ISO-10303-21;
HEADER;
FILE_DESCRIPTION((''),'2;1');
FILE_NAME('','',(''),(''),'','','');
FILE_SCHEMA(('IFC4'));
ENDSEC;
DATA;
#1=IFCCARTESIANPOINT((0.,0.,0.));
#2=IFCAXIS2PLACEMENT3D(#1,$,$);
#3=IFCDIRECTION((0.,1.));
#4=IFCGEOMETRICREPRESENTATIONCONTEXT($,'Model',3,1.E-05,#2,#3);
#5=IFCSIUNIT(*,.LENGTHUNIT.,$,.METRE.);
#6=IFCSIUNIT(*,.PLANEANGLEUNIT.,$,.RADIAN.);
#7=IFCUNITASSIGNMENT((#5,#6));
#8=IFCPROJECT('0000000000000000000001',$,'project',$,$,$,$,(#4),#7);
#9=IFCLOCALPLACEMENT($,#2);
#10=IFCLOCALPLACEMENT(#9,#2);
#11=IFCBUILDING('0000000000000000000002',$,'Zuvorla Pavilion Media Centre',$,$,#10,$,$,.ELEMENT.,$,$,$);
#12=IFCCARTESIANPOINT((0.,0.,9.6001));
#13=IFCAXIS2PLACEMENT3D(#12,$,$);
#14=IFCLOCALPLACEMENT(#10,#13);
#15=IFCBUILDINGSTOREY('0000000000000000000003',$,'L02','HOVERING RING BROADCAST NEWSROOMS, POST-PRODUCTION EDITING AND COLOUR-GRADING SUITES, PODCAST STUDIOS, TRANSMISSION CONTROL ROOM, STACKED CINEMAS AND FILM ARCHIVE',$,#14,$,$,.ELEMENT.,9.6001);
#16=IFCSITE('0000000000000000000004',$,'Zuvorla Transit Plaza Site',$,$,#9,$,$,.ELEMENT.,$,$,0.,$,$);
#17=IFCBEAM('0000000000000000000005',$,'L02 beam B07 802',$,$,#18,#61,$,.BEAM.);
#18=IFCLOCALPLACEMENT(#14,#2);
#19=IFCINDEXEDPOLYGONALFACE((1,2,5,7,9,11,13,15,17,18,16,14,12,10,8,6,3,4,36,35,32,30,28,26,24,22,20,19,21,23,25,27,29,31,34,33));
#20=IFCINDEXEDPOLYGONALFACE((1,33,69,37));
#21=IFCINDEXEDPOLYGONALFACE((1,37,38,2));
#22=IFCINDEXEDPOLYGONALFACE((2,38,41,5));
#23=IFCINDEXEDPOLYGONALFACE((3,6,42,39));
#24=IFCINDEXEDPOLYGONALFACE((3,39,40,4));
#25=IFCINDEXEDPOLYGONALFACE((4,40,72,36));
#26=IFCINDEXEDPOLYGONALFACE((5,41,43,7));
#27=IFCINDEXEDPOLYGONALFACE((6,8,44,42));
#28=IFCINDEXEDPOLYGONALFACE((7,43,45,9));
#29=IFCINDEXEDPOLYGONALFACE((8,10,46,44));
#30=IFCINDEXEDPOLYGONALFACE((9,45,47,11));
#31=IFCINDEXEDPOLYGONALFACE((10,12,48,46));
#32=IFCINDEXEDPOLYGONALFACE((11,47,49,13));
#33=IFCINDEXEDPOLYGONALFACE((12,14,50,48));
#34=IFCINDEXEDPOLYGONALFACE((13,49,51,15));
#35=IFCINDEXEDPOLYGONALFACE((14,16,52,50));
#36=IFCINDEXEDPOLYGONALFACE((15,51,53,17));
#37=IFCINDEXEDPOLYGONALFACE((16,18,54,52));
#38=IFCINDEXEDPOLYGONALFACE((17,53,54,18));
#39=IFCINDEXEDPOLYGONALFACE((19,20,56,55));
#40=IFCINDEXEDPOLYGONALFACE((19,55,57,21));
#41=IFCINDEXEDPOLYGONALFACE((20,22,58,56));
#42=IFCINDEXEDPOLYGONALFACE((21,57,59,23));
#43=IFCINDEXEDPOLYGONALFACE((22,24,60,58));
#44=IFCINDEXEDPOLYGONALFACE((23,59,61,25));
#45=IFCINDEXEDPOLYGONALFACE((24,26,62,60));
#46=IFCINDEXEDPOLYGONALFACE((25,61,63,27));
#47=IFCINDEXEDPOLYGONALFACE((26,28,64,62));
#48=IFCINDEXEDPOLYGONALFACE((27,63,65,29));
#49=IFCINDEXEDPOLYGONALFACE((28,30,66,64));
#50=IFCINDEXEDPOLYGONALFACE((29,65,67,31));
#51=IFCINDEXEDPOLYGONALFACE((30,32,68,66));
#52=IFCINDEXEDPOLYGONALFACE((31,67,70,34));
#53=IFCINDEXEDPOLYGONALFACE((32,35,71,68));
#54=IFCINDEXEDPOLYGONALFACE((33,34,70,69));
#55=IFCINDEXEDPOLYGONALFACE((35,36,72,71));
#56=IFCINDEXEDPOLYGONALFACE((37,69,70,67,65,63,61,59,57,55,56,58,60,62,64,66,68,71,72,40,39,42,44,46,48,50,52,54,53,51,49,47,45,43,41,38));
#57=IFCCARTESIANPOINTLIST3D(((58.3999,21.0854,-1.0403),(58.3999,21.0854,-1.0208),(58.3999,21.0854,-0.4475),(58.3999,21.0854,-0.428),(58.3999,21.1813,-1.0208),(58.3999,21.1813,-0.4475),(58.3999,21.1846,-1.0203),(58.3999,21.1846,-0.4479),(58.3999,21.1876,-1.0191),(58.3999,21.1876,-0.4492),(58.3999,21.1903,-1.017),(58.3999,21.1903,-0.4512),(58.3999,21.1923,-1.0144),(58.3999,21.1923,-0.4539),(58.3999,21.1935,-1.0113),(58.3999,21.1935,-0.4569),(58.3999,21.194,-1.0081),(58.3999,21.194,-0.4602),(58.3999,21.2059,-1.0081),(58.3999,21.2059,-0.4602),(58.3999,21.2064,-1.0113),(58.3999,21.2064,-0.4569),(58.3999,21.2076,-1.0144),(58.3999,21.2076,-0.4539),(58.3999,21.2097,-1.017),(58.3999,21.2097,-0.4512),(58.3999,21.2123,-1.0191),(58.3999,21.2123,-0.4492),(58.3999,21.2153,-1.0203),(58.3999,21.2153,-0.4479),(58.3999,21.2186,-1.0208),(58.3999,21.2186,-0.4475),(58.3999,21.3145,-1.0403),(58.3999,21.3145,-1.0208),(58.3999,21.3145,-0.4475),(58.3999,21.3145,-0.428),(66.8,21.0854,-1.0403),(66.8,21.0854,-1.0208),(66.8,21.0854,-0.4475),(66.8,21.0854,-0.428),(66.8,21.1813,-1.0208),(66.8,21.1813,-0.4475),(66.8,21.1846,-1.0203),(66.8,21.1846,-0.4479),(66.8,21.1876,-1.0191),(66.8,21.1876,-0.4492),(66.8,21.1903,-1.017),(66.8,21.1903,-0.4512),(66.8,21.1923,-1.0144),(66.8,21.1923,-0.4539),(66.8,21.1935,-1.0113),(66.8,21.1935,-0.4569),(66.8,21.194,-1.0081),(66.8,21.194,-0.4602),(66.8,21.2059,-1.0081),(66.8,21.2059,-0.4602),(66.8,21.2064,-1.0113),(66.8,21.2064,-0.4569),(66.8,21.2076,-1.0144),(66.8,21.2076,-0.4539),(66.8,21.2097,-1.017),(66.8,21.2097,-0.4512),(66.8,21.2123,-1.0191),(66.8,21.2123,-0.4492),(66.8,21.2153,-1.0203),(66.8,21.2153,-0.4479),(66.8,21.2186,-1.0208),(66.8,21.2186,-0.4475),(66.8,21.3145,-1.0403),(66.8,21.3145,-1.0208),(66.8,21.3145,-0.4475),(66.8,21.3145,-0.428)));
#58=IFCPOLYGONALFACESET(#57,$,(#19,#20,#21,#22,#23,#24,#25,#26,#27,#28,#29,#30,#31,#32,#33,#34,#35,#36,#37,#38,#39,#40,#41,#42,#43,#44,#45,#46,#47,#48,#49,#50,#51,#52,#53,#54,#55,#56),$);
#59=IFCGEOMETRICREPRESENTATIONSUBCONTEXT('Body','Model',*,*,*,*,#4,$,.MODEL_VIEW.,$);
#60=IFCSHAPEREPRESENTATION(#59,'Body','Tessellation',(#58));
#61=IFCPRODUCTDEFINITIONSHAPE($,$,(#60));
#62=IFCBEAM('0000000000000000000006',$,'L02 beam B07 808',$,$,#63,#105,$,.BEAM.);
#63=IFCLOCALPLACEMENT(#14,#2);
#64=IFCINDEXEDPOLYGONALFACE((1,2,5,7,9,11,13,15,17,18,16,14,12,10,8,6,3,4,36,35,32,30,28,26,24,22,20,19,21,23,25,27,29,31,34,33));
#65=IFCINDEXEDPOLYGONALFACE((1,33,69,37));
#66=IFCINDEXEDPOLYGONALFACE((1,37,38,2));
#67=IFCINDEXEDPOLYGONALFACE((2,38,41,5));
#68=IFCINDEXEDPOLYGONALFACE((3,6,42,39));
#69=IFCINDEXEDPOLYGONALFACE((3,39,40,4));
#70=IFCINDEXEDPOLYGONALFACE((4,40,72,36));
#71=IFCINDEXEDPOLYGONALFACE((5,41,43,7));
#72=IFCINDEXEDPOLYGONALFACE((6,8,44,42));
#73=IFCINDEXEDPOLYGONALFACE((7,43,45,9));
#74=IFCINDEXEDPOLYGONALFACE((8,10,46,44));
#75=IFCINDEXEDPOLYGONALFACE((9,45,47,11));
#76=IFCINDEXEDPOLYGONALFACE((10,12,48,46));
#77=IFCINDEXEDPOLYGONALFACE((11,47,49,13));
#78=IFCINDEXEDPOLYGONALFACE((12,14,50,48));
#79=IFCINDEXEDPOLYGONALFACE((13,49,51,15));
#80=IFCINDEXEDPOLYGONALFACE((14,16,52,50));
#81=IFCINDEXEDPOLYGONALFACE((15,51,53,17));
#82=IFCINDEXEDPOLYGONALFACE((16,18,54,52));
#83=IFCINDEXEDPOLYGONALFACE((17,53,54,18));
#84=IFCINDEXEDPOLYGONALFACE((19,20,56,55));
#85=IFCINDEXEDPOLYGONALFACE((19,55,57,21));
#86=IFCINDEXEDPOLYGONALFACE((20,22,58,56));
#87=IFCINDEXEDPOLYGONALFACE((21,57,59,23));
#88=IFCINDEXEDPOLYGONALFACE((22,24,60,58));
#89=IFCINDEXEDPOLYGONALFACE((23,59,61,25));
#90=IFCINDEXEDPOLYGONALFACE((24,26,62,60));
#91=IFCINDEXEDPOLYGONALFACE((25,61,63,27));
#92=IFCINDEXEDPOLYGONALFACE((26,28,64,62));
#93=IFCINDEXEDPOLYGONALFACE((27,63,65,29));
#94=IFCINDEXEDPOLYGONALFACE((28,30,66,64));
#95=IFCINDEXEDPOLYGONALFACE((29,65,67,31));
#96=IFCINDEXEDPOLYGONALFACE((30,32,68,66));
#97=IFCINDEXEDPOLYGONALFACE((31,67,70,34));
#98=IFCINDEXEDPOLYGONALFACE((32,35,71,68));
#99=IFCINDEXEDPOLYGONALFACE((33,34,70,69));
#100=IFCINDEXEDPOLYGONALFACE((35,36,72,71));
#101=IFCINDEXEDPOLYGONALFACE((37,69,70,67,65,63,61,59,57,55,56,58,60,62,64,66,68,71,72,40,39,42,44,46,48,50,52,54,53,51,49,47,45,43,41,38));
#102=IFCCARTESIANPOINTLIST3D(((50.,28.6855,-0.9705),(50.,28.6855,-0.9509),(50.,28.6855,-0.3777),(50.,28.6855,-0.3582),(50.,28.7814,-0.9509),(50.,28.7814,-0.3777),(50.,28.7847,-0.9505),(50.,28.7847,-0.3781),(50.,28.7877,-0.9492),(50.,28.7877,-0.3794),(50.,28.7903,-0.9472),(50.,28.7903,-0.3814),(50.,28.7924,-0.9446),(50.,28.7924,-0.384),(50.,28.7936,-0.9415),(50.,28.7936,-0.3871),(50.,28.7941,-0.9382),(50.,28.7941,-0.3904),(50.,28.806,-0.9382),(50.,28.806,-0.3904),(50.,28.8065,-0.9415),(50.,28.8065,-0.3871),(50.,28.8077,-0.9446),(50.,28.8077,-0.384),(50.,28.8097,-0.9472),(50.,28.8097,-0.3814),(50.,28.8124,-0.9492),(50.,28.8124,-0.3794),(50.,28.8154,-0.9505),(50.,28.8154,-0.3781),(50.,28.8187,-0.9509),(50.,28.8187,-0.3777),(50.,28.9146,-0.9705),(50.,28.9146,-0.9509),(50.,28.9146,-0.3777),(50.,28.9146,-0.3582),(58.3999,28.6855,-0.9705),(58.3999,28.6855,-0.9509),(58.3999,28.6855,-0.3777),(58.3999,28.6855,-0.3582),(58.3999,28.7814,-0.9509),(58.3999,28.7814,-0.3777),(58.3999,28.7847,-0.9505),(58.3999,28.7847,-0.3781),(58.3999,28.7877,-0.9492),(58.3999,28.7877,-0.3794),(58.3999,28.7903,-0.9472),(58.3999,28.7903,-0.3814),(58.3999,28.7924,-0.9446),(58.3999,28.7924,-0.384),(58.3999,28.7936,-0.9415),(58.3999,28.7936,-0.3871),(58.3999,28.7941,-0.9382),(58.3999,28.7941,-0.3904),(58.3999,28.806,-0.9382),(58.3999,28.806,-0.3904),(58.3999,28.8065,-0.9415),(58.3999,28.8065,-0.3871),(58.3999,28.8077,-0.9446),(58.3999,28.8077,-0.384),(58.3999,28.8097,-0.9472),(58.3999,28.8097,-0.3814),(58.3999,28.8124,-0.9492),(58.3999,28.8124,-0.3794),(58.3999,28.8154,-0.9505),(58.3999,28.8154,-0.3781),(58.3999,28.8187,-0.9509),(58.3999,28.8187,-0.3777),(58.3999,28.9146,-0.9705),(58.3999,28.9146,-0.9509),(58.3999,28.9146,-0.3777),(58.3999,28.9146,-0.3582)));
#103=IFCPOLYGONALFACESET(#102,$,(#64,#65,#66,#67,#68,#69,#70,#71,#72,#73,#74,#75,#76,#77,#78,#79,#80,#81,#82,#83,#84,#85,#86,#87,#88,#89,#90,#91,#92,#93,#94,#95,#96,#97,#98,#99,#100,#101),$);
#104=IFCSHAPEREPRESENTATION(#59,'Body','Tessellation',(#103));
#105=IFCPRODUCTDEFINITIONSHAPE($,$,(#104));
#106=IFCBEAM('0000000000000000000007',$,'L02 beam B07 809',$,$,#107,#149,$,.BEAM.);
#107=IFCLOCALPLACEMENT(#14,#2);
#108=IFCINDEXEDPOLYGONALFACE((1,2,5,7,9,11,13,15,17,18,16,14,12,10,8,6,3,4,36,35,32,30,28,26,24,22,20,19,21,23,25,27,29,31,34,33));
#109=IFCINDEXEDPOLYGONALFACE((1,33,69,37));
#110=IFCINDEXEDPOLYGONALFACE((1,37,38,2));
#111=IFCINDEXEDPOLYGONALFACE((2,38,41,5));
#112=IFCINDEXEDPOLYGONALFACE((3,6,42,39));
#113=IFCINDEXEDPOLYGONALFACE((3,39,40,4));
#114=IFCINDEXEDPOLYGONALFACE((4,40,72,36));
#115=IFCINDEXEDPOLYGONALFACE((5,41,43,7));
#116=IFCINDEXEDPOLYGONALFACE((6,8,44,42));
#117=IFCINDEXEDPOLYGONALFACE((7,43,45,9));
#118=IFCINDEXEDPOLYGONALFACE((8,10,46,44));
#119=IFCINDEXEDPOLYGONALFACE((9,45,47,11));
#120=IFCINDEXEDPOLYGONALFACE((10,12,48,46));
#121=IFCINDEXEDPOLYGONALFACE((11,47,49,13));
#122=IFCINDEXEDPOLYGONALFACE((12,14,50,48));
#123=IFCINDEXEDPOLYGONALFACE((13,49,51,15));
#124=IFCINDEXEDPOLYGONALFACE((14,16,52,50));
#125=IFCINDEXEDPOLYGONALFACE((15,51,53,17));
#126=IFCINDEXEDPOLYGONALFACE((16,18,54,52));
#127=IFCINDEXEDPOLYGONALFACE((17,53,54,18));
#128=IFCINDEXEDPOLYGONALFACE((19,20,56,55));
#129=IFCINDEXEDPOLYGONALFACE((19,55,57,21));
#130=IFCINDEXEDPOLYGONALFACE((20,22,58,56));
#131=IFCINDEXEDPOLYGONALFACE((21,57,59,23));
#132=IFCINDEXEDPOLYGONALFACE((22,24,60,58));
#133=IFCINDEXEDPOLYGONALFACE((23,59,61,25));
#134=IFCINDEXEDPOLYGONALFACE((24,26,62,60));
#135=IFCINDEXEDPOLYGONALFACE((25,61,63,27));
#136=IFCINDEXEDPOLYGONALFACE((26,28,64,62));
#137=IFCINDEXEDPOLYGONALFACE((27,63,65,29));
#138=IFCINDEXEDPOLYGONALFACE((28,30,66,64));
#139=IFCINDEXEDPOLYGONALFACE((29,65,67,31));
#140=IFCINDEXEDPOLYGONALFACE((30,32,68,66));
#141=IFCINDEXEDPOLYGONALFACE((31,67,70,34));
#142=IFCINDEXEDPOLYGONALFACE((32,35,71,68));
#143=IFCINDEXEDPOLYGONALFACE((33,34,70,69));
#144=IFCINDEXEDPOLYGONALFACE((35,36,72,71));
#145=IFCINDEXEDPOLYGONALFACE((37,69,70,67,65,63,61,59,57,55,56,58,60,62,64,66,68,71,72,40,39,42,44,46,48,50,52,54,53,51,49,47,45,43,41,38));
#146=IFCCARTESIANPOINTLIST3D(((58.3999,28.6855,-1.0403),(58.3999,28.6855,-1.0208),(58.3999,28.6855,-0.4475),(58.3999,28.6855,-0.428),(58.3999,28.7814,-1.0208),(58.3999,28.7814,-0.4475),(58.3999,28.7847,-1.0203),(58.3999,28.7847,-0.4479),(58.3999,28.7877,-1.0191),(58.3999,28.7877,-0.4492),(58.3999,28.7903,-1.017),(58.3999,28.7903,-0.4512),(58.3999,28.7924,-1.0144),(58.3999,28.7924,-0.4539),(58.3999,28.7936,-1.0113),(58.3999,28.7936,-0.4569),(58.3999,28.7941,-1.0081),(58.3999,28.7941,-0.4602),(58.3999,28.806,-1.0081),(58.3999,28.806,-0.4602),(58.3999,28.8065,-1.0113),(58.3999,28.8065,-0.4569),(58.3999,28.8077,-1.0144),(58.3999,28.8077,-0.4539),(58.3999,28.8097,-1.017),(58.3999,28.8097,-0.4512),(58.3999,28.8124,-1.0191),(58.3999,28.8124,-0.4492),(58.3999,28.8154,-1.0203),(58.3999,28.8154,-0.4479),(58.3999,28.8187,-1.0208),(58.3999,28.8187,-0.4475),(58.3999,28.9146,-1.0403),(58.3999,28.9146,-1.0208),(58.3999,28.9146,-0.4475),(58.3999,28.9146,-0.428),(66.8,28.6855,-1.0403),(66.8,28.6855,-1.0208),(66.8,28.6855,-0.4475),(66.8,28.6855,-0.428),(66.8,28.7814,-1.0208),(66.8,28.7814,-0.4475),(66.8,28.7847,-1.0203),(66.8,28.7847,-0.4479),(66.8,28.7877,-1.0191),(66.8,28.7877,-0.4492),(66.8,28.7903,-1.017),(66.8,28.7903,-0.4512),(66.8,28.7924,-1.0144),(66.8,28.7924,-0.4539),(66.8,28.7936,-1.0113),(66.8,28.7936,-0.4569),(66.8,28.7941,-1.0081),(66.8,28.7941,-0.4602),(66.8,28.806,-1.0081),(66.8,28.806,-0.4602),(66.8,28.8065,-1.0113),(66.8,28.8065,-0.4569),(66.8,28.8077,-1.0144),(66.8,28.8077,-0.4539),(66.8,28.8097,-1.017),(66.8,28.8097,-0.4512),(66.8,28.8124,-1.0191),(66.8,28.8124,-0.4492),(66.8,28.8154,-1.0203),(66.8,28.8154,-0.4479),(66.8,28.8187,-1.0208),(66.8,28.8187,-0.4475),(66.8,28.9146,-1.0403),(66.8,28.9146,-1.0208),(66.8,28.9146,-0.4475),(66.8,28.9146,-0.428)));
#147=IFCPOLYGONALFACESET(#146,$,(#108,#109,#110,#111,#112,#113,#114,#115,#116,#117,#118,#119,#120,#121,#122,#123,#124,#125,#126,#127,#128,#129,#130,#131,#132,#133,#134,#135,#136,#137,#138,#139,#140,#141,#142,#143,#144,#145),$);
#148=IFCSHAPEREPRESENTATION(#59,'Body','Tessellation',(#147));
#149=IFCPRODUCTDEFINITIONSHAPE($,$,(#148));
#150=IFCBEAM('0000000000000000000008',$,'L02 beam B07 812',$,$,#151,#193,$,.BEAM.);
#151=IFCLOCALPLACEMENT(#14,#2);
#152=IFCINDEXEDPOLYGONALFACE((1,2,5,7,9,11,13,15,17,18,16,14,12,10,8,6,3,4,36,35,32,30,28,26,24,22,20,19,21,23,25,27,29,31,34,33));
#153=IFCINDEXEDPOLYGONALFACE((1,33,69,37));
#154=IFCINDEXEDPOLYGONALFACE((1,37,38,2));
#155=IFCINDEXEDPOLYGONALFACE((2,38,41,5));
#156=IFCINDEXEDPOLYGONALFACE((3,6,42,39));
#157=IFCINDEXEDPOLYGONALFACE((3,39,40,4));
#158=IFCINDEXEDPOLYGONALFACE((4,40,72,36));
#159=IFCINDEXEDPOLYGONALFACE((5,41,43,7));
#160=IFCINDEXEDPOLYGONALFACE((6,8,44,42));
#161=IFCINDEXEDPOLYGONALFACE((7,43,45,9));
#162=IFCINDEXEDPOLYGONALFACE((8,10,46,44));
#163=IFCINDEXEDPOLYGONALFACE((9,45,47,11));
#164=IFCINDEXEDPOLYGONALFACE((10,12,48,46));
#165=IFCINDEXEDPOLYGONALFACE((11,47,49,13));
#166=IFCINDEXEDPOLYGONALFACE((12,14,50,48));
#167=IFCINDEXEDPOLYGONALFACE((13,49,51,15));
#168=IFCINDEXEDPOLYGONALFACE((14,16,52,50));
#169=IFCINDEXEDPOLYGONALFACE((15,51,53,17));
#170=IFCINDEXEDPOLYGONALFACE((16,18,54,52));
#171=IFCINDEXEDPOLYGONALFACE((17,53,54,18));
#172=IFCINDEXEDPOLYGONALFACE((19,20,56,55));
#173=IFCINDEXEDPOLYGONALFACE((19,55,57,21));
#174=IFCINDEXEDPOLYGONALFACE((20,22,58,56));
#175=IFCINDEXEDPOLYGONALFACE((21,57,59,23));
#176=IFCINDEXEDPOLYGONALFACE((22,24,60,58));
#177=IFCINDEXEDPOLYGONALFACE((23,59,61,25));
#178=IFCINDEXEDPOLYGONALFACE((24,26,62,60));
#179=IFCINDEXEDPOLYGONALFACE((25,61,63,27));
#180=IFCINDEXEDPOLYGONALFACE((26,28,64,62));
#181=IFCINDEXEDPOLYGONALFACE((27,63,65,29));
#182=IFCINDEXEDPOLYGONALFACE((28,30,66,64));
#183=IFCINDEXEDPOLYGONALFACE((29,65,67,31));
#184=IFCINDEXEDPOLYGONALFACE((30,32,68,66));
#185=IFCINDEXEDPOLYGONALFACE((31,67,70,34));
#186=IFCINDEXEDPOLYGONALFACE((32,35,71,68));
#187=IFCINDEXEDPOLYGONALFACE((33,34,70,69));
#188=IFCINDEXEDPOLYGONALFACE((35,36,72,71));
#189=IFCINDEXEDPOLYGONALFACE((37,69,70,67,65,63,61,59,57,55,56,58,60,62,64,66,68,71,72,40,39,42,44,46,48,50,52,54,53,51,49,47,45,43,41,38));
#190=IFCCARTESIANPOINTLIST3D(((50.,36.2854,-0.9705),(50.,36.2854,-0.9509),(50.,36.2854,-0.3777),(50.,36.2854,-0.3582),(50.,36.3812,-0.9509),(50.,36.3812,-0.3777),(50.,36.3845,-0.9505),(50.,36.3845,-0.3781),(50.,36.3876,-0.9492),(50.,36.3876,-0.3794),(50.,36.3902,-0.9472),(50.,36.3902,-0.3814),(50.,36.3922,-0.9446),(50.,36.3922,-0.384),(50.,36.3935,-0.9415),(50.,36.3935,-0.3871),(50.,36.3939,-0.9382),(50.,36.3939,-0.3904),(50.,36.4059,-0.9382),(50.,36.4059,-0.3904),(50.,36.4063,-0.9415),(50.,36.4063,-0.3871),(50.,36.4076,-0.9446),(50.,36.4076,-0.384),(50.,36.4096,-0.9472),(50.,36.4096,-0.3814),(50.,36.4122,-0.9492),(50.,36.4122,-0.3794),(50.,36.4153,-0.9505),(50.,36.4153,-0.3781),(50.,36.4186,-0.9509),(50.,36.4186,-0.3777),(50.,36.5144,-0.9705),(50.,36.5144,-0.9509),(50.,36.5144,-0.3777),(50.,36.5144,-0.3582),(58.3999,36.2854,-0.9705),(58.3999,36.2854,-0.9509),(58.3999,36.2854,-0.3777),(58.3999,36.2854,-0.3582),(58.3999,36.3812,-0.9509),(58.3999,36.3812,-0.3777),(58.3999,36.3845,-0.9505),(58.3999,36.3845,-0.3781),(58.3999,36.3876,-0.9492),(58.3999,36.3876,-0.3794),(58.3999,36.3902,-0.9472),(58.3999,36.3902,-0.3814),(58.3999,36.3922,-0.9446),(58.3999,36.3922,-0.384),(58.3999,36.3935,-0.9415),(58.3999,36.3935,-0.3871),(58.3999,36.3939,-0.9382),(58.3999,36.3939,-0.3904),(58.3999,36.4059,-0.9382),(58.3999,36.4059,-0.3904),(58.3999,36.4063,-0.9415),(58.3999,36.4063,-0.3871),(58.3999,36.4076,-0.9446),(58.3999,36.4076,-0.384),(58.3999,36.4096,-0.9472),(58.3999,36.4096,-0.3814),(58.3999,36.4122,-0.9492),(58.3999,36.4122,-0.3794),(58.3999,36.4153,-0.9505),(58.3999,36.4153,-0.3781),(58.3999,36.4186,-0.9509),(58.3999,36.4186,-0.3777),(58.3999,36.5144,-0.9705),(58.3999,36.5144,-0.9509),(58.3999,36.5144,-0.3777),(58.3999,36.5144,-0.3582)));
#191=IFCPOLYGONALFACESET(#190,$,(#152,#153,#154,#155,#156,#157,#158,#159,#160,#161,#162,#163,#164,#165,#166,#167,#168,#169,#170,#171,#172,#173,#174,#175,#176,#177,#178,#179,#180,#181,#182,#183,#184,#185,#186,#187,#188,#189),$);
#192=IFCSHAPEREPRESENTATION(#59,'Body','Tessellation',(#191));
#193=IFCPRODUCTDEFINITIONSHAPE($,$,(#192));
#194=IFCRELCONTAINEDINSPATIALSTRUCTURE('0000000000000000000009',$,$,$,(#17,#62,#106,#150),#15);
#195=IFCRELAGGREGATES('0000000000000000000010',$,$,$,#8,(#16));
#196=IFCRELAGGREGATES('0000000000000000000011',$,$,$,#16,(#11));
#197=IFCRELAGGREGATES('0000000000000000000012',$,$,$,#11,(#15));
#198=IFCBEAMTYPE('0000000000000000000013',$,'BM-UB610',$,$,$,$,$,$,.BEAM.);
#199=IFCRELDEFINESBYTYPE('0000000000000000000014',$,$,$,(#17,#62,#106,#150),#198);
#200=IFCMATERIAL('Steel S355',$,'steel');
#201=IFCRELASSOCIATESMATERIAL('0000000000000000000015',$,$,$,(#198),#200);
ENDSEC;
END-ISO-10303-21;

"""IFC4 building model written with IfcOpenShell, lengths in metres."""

from ifc_helpers import new_model, si_unit, direction, frame, origin, origin_2d, place, context, subcontext, project, spatial, i_section, extrude, material, material_profile, profile_set, type_object, element, save


model = new_model("IFC4")

# Units and contexts
model_context = context("Model", 3, precision=1e-05, world=origin(), true_north=direction((0.0, 1.0)))
body_context = subcontext(model_context, "Body", "Model", "MODEL_VIEW")
ifc_project = project(units=[si_unit("LENGTHUNIT", "METRE"), si_unit("PLANEANGLEUNIT", "RADIAN")], contexts=[model_context])

# Site, building, storey
site_placement = place(None, origin())
site = spatial("IfcSite", under=ifc_project, at=site_placement, Name="Zuvorla Transit Plaza Site", CompositionType="ELEMENT", RefElevation=0.0)
building_placement = place(site_placement, origin())
building = spatial("IfcBuilding", under=site, at=building_placement, Name="Zuvorla Pavilion Media Centre", CompositionType="ELEMENT")
storey_placement = place(building_placement, frame((0.0, 0.0, 9.6001)))
storey = spatial("IfcBuildingStorey", under=building, at=storey_placement, Name="L02", Description="HOVERING RING BROADCAST NEWSROOMS, POST-PRODUCTION EDITING AND COLOUR-GRADING SUITES, PODCAST STUDIOS, TRANSMISSION CONTROL ROOM, STACKED CINEMAS AND FILM ARCHIVE", CompositionType="ELEMENT", Elevation=9.6001)

# Beams
ifc_material_1 = material(Name="Steel S355", Category="steel")
ifc_material_profile_1 = material_profile(ifc_material_1, i_section(OverallWidth=0.229, OverallDepth=0.6123, WebThickness=0.012, FlangeThickness=0.0195, FilletRadius=0.0127, at=origin_2d()), Name="UB 610x229x125")
ifc_profile_set_1 = profile_set([ifc_material_profile_1], Name="Steel S355")
beam_type_1 = type_object("IfcBeamType", Name="BM-UB610", PredefinedType="BEAM", material=ifc_profile_set_1)
beam_1_placement = place(storey_placement, frame((58.3999, 21.2, -0.7341), z_axis=(1.0, 0.0, 0.0), x_axis=(0.0, 1.0, 0.0)))
element("IfcBeam", 1, at=beam_1_placement, inside=storey, type_object=beam_type_1, Name="L02 beam B07 802", PredefinedType="BEAM", context=body_context, shape_type="SweptSolid", body=[
    extrude(i_section(OverallWidth=0.229, OverallDepth=0.6123, WebThickness=0.012, FlangeThickness=0.0195, FilletRadius=0.0127, at=origin_2d()), origin(), (0.0, 0.0, 1.0), 8.4001),
])
beam_2_placement = place(storey_placement, frame((50.0, 28.8, -0.6643), z_axis=(1.0, 0.0, 0.0), x_axis=(0.0, 1.0, 0.0)))
element("IfcBeam", 2, at=beam_2_placement, inside=storey, type_object=beam_type_1, Name="L02 beam B07 808", PredefinedType="BEAM", context=body_context, shape_type="SweptSolid", body=[
    extrude(i_section(OverallWidth=0.229, OverallDepth=0.6123, WebThickness=0.012, FlangeThickness=0.0195, FilletRadius=0.0127, at=origin_2d()), origin(), (0.0, 0.0, 1.0), 8.3999),
])
beam_3_placement = place(storey_placement, frame((58.3999, 28.8, -0.7341), z_axis=(1.0, 0.0, 0.0), x_axis=(0.0, 1.0, 0.0)))
element("IfcBeam", 3, at=beam_3_placement, inside=storey, type_object=beam_type_1, Name="L02 beam B07 809", PredefinedType="BEAM", context=body_context, shape_type="SweptSolid", body=[
    extrude(i_section(OverallWidth=0.229, OverallDepth=0.6123, WebThickness=0.012, FlangeThickness=0.0195, FilletRadius=0.0127, at=origin_2d()), origin(), (0.0, 0.0, 1.0), 8.4001),
])
beam_4_placement = place(storey_placement, frame((50.0, 36.3999, -0.6643), z_axis=(1.0, 0.0, 0.0), x_axis=(0.0, 1.0, 0.0)))
element("IfcBeam", 4, at=beam_4_placement, inside=storey, type_object=beam_type_1, Name="L02 beam B07 812", PredefinedType="BEAM", context=body_context, shape_type="SweptSolid", body=[
    extrude(i_section(OverallWidth=0.229, OverallDepth=0.6123, WebThickness=0.012, FlangeThickness=0.0195, FilletRadius=0.0127, at=origin_2d()), origin(), (0.0, 0.0, 1.0), 8.3999),
])

save(model, "model.ifc")
